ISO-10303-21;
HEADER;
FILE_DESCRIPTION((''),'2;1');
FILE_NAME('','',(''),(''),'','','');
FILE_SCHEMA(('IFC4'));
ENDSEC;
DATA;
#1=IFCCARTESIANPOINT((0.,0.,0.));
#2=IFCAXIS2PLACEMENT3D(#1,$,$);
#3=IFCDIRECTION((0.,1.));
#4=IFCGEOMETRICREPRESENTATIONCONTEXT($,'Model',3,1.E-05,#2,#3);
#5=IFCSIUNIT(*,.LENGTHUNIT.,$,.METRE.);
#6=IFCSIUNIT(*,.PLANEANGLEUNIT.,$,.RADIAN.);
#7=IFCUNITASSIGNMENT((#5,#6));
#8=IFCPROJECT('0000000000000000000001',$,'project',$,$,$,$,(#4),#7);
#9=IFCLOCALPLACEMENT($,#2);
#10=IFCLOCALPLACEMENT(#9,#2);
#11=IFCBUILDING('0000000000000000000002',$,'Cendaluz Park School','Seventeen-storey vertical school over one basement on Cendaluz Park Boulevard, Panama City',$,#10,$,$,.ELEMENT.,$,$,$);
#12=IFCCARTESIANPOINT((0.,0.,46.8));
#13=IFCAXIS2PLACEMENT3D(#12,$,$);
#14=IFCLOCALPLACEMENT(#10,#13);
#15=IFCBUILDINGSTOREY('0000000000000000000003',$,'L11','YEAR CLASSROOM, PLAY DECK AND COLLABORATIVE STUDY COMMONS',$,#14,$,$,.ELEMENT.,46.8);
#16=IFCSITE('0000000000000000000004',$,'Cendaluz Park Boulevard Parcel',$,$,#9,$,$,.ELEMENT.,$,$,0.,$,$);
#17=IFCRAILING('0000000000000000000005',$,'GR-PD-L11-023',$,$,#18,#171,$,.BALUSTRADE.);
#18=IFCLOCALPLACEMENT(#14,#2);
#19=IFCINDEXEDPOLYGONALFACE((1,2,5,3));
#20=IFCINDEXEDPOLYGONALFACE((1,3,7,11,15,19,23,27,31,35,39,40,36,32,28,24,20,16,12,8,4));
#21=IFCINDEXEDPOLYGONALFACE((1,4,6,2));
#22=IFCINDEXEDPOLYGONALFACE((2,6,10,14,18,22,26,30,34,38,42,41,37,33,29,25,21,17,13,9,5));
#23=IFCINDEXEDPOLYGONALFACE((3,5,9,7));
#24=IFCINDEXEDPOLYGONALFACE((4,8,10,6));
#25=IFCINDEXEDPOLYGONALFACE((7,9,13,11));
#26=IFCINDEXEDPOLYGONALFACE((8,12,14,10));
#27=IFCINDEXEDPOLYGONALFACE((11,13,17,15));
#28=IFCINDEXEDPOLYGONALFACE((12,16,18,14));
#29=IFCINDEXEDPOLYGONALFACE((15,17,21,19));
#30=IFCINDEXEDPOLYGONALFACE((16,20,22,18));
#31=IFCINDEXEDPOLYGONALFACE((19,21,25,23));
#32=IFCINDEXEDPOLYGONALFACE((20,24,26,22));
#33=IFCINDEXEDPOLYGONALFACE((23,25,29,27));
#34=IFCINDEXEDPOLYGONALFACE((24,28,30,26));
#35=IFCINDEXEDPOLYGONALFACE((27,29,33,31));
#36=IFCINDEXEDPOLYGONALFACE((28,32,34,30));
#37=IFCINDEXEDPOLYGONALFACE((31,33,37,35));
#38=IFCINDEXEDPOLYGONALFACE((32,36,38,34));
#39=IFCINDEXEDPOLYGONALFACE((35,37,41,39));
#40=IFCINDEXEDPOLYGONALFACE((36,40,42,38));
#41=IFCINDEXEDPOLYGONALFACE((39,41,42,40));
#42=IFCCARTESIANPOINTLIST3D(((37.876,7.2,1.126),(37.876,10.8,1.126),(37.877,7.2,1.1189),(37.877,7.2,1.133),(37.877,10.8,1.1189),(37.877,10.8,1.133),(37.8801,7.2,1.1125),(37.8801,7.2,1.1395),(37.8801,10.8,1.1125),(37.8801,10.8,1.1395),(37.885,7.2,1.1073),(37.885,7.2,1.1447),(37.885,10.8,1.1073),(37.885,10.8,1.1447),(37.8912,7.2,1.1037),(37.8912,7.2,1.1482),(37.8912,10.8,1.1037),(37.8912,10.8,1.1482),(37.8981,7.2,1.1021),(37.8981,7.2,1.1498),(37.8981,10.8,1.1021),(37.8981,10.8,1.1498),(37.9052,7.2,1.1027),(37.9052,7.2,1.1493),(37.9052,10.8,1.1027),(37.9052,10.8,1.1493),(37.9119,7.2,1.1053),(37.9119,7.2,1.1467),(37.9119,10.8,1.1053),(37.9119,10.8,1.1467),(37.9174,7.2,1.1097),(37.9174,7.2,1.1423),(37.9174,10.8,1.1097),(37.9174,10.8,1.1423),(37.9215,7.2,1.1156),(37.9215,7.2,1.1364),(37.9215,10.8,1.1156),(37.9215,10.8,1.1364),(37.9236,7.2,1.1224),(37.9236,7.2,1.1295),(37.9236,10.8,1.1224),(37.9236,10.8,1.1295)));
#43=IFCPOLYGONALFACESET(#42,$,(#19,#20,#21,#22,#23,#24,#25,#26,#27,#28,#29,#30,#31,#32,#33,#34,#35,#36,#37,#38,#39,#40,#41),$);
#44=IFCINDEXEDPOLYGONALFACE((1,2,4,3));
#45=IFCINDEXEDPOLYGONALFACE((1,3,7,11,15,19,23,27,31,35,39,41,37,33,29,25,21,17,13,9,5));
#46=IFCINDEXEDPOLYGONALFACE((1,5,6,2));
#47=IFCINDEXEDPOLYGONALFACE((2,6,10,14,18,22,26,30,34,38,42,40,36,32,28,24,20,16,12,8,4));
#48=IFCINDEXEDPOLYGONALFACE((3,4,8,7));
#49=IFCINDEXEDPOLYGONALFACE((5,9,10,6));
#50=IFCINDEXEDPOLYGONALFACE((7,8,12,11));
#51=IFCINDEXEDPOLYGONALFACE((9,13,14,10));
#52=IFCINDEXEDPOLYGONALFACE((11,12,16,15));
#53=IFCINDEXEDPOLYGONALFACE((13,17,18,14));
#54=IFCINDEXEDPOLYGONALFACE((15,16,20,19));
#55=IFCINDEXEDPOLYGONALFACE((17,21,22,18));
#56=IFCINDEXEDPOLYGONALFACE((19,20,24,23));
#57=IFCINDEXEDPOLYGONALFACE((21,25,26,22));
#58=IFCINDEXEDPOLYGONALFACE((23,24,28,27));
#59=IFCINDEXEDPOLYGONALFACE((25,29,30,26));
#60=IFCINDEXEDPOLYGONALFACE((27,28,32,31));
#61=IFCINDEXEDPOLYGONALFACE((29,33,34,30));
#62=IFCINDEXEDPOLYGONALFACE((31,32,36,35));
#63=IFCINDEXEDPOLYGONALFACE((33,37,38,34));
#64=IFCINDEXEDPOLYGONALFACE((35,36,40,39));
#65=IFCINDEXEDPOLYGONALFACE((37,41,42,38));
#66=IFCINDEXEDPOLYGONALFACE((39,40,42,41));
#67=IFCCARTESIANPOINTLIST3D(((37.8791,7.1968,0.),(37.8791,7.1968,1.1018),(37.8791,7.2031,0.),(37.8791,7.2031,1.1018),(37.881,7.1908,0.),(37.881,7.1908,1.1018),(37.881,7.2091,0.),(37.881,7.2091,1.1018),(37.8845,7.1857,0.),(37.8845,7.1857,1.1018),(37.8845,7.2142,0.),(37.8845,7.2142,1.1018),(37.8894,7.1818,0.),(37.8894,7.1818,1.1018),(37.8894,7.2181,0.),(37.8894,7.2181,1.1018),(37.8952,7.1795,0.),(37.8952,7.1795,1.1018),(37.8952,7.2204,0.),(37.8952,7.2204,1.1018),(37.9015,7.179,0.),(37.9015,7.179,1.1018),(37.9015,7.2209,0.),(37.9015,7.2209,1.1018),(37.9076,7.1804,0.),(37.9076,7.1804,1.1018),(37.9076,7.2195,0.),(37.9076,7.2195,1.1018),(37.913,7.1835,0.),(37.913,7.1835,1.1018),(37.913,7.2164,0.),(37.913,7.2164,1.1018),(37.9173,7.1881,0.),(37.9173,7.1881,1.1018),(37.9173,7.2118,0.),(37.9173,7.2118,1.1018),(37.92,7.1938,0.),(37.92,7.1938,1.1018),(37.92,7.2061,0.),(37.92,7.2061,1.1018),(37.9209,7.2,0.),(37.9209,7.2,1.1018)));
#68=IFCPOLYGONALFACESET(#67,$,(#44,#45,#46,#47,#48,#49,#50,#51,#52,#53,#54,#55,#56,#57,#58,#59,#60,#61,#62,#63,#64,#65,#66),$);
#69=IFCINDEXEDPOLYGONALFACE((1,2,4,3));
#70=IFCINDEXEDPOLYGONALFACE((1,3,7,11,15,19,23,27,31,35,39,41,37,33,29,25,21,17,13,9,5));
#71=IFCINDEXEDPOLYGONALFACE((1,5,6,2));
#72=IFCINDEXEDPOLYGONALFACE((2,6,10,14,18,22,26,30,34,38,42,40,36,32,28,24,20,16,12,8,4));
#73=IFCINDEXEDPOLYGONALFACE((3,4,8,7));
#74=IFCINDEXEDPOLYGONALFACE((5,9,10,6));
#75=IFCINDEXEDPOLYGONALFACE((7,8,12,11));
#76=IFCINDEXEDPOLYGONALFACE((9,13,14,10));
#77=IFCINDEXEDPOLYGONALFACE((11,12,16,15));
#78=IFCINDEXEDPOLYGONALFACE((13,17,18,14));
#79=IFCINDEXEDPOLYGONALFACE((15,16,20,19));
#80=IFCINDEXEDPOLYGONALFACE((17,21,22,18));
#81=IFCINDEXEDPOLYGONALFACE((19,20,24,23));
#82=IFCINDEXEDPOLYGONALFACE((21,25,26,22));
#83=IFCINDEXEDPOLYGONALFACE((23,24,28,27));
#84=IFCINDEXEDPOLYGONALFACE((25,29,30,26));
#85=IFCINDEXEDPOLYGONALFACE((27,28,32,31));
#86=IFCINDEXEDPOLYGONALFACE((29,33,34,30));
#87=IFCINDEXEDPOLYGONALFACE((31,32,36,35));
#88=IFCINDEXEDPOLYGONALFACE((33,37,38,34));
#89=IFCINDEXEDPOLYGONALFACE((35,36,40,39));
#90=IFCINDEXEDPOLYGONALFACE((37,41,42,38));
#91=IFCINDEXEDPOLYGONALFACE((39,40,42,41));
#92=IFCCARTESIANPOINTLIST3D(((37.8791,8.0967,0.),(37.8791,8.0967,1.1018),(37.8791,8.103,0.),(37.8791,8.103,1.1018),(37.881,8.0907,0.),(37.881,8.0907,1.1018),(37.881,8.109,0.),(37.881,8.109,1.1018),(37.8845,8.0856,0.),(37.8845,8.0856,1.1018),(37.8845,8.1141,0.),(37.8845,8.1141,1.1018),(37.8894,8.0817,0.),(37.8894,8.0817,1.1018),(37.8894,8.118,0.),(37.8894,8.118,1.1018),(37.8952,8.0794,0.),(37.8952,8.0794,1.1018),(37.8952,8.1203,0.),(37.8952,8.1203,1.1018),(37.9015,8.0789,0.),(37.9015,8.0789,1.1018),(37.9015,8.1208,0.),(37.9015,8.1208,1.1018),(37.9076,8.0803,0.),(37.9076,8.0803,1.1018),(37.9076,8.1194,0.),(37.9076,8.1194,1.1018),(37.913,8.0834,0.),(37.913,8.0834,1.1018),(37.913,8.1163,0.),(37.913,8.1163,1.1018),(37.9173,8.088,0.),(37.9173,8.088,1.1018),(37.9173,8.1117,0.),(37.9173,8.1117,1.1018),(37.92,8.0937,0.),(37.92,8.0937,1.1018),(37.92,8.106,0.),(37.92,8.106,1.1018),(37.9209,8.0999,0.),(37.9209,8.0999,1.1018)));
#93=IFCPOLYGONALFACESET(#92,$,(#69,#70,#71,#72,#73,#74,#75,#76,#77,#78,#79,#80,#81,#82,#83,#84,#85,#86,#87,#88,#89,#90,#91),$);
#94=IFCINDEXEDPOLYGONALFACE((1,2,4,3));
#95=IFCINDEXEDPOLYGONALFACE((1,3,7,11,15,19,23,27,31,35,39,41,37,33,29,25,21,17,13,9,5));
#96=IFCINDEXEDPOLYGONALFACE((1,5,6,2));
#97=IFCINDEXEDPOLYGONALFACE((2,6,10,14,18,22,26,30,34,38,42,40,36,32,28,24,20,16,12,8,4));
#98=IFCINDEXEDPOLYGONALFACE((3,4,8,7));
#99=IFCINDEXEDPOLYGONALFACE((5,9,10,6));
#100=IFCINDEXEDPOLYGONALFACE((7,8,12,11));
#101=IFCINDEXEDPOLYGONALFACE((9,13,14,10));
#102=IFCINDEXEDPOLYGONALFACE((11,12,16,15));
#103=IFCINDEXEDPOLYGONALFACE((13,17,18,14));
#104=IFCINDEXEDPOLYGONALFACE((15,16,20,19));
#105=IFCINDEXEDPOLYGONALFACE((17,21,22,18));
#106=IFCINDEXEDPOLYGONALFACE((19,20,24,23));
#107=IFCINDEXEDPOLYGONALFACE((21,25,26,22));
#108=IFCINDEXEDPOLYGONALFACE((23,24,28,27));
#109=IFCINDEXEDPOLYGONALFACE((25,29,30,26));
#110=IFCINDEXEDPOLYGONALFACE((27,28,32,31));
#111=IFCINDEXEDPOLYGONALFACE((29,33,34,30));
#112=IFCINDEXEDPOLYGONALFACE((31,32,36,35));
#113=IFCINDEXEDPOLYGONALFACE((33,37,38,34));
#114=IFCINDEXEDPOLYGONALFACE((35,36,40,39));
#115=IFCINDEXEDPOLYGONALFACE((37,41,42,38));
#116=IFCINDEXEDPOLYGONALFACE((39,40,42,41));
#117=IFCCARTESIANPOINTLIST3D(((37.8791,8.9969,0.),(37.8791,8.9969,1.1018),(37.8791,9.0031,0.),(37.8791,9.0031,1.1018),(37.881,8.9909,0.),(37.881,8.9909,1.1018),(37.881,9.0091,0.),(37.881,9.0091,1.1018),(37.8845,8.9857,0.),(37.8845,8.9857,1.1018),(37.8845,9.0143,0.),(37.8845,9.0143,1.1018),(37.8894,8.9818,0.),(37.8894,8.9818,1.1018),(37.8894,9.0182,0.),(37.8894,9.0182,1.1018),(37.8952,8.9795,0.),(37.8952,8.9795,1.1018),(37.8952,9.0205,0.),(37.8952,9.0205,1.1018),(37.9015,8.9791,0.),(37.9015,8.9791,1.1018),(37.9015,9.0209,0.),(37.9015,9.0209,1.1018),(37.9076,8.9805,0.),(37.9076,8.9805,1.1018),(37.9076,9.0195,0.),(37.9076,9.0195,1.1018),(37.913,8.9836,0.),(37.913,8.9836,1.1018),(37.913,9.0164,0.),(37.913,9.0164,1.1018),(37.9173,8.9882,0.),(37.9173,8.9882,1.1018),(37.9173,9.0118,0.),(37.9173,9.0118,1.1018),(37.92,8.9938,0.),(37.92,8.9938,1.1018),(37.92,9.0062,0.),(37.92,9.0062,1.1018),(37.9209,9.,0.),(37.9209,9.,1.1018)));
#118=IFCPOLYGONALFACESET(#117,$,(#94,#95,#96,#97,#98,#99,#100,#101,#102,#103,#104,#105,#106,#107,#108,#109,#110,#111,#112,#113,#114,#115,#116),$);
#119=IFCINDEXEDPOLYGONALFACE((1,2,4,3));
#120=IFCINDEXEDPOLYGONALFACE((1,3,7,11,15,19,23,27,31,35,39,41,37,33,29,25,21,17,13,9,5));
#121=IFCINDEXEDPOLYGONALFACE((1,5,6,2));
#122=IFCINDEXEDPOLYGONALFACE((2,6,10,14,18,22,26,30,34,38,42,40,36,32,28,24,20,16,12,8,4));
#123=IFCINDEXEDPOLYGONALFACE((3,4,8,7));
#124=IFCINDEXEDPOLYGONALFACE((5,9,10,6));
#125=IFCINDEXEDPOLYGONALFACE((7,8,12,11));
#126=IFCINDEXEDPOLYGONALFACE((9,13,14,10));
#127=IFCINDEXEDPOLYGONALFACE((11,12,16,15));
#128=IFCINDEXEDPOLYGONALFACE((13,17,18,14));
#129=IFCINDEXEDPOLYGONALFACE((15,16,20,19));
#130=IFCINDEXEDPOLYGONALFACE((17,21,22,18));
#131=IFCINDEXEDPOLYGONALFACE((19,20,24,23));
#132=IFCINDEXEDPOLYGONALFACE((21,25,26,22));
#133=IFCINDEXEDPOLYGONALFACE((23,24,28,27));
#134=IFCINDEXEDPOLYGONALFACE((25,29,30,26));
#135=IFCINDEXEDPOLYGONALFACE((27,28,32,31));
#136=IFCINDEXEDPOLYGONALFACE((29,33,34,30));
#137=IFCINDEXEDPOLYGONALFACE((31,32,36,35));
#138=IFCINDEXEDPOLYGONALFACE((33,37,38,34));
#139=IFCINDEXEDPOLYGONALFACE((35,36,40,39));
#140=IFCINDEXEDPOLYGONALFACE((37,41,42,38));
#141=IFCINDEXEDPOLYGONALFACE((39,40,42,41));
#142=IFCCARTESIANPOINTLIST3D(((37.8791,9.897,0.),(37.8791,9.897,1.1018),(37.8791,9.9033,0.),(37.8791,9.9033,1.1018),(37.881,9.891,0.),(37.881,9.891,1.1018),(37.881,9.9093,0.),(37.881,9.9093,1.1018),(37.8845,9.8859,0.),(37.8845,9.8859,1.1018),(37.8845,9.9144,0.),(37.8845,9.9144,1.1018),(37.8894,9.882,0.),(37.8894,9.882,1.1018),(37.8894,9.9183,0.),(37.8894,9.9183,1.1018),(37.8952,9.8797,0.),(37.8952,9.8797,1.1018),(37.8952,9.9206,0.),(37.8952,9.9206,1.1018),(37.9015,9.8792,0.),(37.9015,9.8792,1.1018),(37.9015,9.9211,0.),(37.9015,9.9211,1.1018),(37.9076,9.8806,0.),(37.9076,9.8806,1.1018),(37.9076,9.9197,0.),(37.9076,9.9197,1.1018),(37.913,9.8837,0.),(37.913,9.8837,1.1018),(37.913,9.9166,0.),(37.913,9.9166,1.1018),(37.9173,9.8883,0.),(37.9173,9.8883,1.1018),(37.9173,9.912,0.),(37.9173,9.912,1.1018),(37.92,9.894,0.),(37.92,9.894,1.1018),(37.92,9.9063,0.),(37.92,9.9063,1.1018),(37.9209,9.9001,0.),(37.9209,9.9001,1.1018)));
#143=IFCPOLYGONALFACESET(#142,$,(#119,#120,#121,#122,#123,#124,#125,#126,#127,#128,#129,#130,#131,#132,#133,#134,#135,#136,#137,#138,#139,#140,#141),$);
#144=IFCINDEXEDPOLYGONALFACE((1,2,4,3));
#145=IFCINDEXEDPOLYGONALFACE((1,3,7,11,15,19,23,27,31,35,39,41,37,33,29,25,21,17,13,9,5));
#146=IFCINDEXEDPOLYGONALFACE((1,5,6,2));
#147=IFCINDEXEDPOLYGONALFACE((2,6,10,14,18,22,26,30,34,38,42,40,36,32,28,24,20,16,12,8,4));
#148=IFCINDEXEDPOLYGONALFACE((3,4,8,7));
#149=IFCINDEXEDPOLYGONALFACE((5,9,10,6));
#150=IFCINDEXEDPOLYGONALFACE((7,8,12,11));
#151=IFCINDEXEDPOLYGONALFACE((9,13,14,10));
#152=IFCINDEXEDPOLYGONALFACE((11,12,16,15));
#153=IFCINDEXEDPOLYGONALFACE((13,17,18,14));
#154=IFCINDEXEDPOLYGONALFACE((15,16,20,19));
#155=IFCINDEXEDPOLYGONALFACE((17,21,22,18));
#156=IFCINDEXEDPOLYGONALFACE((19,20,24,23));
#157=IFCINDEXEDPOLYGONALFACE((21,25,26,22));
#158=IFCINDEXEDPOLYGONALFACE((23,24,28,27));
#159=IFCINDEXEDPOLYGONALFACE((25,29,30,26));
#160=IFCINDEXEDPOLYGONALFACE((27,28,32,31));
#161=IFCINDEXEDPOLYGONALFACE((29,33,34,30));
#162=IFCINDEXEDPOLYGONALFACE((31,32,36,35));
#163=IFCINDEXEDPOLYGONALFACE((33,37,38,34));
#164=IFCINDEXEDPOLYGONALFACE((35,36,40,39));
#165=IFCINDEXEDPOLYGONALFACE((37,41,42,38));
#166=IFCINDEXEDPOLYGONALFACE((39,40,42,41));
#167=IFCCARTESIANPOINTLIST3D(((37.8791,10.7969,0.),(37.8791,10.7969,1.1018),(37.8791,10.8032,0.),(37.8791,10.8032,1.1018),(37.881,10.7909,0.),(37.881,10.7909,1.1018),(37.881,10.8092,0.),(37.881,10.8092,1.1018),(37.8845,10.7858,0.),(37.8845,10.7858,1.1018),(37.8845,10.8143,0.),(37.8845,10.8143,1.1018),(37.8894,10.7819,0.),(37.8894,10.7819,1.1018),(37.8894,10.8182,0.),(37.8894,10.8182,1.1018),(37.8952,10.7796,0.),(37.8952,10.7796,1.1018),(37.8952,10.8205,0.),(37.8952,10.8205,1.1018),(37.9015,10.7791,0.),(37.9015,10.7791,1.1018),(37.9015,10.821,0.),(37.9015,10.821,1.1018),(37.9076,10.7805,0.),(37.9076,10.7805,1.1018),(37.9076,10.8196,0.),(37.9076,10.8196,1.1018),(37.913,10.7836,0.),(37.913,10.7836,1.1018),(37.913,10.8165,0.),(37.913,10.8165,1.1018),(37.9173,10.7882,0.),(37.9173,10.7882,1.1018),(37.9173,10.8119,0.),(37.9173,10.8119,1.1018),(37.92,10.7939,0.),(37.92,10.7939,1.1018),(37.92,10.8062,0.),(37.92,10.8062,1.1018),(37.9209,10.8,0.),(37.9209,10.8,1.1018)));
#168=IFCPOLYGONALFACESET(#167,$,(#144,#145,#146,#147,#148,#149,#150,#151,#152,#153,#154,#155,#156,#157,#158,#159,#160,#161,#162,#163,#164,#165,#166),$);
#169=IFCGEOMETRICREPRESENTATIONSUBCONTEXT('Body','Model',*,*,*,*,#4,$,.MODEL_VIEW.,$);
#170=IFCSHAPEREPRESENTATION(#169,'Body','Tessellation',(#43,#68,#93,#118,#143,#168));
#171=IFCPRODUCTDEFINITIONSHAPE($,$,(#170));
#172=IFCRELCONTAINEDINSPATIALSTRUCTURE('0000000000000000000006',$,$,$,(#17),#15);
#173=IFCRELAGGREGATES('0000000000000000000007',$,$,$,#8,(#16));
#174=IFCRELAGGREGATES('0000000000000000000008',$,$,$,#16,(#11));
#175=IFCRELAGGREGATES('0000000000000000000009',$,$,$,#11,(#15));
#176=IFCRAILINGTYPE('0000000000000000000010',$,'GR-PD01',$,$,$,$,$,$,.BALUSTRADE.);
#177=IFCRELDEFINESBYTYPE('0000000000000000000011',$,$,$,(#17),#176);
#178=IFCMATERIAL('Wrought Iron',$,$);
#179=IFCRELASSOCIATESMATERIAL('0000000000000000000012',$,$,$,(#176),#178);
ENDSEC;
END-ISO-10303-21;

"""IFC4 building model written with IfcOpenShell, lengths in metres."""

from ifc_helpers import new_model, si_unit, direction, frame, origin, origin_2d, place, context, subcontext, project, spatial, circle, extrude, material, type_object, element, save


model = new_model("IFC4")

# Units and contexts
model_context = context("Model", 3, precision=1e-05, world=origin(), true_north=direction((0.0, 1.0)))
body_context = subcontext(model_context, "Body", "Model", "MODEL_VIEW")
ifc_project = project(units=[si_unit("LENGTHUNIT", "METRE"), si_unit("PLANEANGLEUNIT", "RADIAN")], contexts=[model_context])

# Site, building, storey
site_placement = place(None, origin())
site = spatial("IfcSite", under=ifc_project, at=site_placement, Name="Cendaluz Park Boulevard Parcel", CompositionType="ELEMENT", RefElevation=0.0)
building_placement = place(site_placement, origin())
building = spatial("IfcBuilding", under=site, at=building_placement, Name="Cendaluz Park School", Description="Seventeen-storey vertical school over one basement on Cendaluz Park Boulevard, Panama City", CompositionType="ELEMENT")
storey_placement = place(building_placement, frame((0.0, 0.0, 46.8)))
storey = spatial("IfcBuildingStorey", under=building, at=storey_placement, Name="L11", Description="YEAR CLASSROOM, PLAY DECK AND COLLABORATIVE STUDY COMMONS", CompositionType="ELEMENT", Elevation=46.8)

# Railing
ifc_material_1 = material(Name="Wrought Iron")
railing_type = type_object("IfcRailingType", Name="GR-PD01", PredefinedType="BALUSTRADE", material=ifc_material_1)
railing_1_placement = place(storey_placement, frame((37.8999, 7.2, 0.0)))
element("IfcRailing", 1, at=railing_1_placement, inside=storey, type_object=railing_type, Name="GR-PD-L11-023", PredefinedType="BALUSTRADE", context=body_context, shape_type="SweptSolid", body=[
    extrude(circle(Radius=0.0239, at=origin_2d()), frame((0.0, 0.0, 1.126), z_axis=(0.0, 1.0, 0.0), x_axis=(-1.0, 0.0, 0.0)), (0.0, 0.0, 1.0), 3.6001),
    extrude(circle(Radius=0.021, at=origin_2d()), origin(), (0.0, 0.0, 1.0), 1.1018),
    extrude(circle(Radius=0.021, at=origin_2d()), frame((0.0, 0.8999, 0.0)), (0.0, 0.0, 1.0), 1.1018),
    extrude(circle(Radius=0.021, at=origin_2d()), frame((0.0, 1.8, 0.0)), (0.0, 0.0, 1.0), 1.1018),
    extrude(circle(Radius=0.021, at=origin_2d()), frame((0.0, 2.7002, 0.0)), (0.0, 0.0, 1.0), 1.1018),
    extrude(circle(Radius=0.021, at=origin_2d()), frame((0.0, 3.6001, 0.0)), (0.0, 0.0, 1.0), 1.1018),
])

save(model, "model.ifc")
